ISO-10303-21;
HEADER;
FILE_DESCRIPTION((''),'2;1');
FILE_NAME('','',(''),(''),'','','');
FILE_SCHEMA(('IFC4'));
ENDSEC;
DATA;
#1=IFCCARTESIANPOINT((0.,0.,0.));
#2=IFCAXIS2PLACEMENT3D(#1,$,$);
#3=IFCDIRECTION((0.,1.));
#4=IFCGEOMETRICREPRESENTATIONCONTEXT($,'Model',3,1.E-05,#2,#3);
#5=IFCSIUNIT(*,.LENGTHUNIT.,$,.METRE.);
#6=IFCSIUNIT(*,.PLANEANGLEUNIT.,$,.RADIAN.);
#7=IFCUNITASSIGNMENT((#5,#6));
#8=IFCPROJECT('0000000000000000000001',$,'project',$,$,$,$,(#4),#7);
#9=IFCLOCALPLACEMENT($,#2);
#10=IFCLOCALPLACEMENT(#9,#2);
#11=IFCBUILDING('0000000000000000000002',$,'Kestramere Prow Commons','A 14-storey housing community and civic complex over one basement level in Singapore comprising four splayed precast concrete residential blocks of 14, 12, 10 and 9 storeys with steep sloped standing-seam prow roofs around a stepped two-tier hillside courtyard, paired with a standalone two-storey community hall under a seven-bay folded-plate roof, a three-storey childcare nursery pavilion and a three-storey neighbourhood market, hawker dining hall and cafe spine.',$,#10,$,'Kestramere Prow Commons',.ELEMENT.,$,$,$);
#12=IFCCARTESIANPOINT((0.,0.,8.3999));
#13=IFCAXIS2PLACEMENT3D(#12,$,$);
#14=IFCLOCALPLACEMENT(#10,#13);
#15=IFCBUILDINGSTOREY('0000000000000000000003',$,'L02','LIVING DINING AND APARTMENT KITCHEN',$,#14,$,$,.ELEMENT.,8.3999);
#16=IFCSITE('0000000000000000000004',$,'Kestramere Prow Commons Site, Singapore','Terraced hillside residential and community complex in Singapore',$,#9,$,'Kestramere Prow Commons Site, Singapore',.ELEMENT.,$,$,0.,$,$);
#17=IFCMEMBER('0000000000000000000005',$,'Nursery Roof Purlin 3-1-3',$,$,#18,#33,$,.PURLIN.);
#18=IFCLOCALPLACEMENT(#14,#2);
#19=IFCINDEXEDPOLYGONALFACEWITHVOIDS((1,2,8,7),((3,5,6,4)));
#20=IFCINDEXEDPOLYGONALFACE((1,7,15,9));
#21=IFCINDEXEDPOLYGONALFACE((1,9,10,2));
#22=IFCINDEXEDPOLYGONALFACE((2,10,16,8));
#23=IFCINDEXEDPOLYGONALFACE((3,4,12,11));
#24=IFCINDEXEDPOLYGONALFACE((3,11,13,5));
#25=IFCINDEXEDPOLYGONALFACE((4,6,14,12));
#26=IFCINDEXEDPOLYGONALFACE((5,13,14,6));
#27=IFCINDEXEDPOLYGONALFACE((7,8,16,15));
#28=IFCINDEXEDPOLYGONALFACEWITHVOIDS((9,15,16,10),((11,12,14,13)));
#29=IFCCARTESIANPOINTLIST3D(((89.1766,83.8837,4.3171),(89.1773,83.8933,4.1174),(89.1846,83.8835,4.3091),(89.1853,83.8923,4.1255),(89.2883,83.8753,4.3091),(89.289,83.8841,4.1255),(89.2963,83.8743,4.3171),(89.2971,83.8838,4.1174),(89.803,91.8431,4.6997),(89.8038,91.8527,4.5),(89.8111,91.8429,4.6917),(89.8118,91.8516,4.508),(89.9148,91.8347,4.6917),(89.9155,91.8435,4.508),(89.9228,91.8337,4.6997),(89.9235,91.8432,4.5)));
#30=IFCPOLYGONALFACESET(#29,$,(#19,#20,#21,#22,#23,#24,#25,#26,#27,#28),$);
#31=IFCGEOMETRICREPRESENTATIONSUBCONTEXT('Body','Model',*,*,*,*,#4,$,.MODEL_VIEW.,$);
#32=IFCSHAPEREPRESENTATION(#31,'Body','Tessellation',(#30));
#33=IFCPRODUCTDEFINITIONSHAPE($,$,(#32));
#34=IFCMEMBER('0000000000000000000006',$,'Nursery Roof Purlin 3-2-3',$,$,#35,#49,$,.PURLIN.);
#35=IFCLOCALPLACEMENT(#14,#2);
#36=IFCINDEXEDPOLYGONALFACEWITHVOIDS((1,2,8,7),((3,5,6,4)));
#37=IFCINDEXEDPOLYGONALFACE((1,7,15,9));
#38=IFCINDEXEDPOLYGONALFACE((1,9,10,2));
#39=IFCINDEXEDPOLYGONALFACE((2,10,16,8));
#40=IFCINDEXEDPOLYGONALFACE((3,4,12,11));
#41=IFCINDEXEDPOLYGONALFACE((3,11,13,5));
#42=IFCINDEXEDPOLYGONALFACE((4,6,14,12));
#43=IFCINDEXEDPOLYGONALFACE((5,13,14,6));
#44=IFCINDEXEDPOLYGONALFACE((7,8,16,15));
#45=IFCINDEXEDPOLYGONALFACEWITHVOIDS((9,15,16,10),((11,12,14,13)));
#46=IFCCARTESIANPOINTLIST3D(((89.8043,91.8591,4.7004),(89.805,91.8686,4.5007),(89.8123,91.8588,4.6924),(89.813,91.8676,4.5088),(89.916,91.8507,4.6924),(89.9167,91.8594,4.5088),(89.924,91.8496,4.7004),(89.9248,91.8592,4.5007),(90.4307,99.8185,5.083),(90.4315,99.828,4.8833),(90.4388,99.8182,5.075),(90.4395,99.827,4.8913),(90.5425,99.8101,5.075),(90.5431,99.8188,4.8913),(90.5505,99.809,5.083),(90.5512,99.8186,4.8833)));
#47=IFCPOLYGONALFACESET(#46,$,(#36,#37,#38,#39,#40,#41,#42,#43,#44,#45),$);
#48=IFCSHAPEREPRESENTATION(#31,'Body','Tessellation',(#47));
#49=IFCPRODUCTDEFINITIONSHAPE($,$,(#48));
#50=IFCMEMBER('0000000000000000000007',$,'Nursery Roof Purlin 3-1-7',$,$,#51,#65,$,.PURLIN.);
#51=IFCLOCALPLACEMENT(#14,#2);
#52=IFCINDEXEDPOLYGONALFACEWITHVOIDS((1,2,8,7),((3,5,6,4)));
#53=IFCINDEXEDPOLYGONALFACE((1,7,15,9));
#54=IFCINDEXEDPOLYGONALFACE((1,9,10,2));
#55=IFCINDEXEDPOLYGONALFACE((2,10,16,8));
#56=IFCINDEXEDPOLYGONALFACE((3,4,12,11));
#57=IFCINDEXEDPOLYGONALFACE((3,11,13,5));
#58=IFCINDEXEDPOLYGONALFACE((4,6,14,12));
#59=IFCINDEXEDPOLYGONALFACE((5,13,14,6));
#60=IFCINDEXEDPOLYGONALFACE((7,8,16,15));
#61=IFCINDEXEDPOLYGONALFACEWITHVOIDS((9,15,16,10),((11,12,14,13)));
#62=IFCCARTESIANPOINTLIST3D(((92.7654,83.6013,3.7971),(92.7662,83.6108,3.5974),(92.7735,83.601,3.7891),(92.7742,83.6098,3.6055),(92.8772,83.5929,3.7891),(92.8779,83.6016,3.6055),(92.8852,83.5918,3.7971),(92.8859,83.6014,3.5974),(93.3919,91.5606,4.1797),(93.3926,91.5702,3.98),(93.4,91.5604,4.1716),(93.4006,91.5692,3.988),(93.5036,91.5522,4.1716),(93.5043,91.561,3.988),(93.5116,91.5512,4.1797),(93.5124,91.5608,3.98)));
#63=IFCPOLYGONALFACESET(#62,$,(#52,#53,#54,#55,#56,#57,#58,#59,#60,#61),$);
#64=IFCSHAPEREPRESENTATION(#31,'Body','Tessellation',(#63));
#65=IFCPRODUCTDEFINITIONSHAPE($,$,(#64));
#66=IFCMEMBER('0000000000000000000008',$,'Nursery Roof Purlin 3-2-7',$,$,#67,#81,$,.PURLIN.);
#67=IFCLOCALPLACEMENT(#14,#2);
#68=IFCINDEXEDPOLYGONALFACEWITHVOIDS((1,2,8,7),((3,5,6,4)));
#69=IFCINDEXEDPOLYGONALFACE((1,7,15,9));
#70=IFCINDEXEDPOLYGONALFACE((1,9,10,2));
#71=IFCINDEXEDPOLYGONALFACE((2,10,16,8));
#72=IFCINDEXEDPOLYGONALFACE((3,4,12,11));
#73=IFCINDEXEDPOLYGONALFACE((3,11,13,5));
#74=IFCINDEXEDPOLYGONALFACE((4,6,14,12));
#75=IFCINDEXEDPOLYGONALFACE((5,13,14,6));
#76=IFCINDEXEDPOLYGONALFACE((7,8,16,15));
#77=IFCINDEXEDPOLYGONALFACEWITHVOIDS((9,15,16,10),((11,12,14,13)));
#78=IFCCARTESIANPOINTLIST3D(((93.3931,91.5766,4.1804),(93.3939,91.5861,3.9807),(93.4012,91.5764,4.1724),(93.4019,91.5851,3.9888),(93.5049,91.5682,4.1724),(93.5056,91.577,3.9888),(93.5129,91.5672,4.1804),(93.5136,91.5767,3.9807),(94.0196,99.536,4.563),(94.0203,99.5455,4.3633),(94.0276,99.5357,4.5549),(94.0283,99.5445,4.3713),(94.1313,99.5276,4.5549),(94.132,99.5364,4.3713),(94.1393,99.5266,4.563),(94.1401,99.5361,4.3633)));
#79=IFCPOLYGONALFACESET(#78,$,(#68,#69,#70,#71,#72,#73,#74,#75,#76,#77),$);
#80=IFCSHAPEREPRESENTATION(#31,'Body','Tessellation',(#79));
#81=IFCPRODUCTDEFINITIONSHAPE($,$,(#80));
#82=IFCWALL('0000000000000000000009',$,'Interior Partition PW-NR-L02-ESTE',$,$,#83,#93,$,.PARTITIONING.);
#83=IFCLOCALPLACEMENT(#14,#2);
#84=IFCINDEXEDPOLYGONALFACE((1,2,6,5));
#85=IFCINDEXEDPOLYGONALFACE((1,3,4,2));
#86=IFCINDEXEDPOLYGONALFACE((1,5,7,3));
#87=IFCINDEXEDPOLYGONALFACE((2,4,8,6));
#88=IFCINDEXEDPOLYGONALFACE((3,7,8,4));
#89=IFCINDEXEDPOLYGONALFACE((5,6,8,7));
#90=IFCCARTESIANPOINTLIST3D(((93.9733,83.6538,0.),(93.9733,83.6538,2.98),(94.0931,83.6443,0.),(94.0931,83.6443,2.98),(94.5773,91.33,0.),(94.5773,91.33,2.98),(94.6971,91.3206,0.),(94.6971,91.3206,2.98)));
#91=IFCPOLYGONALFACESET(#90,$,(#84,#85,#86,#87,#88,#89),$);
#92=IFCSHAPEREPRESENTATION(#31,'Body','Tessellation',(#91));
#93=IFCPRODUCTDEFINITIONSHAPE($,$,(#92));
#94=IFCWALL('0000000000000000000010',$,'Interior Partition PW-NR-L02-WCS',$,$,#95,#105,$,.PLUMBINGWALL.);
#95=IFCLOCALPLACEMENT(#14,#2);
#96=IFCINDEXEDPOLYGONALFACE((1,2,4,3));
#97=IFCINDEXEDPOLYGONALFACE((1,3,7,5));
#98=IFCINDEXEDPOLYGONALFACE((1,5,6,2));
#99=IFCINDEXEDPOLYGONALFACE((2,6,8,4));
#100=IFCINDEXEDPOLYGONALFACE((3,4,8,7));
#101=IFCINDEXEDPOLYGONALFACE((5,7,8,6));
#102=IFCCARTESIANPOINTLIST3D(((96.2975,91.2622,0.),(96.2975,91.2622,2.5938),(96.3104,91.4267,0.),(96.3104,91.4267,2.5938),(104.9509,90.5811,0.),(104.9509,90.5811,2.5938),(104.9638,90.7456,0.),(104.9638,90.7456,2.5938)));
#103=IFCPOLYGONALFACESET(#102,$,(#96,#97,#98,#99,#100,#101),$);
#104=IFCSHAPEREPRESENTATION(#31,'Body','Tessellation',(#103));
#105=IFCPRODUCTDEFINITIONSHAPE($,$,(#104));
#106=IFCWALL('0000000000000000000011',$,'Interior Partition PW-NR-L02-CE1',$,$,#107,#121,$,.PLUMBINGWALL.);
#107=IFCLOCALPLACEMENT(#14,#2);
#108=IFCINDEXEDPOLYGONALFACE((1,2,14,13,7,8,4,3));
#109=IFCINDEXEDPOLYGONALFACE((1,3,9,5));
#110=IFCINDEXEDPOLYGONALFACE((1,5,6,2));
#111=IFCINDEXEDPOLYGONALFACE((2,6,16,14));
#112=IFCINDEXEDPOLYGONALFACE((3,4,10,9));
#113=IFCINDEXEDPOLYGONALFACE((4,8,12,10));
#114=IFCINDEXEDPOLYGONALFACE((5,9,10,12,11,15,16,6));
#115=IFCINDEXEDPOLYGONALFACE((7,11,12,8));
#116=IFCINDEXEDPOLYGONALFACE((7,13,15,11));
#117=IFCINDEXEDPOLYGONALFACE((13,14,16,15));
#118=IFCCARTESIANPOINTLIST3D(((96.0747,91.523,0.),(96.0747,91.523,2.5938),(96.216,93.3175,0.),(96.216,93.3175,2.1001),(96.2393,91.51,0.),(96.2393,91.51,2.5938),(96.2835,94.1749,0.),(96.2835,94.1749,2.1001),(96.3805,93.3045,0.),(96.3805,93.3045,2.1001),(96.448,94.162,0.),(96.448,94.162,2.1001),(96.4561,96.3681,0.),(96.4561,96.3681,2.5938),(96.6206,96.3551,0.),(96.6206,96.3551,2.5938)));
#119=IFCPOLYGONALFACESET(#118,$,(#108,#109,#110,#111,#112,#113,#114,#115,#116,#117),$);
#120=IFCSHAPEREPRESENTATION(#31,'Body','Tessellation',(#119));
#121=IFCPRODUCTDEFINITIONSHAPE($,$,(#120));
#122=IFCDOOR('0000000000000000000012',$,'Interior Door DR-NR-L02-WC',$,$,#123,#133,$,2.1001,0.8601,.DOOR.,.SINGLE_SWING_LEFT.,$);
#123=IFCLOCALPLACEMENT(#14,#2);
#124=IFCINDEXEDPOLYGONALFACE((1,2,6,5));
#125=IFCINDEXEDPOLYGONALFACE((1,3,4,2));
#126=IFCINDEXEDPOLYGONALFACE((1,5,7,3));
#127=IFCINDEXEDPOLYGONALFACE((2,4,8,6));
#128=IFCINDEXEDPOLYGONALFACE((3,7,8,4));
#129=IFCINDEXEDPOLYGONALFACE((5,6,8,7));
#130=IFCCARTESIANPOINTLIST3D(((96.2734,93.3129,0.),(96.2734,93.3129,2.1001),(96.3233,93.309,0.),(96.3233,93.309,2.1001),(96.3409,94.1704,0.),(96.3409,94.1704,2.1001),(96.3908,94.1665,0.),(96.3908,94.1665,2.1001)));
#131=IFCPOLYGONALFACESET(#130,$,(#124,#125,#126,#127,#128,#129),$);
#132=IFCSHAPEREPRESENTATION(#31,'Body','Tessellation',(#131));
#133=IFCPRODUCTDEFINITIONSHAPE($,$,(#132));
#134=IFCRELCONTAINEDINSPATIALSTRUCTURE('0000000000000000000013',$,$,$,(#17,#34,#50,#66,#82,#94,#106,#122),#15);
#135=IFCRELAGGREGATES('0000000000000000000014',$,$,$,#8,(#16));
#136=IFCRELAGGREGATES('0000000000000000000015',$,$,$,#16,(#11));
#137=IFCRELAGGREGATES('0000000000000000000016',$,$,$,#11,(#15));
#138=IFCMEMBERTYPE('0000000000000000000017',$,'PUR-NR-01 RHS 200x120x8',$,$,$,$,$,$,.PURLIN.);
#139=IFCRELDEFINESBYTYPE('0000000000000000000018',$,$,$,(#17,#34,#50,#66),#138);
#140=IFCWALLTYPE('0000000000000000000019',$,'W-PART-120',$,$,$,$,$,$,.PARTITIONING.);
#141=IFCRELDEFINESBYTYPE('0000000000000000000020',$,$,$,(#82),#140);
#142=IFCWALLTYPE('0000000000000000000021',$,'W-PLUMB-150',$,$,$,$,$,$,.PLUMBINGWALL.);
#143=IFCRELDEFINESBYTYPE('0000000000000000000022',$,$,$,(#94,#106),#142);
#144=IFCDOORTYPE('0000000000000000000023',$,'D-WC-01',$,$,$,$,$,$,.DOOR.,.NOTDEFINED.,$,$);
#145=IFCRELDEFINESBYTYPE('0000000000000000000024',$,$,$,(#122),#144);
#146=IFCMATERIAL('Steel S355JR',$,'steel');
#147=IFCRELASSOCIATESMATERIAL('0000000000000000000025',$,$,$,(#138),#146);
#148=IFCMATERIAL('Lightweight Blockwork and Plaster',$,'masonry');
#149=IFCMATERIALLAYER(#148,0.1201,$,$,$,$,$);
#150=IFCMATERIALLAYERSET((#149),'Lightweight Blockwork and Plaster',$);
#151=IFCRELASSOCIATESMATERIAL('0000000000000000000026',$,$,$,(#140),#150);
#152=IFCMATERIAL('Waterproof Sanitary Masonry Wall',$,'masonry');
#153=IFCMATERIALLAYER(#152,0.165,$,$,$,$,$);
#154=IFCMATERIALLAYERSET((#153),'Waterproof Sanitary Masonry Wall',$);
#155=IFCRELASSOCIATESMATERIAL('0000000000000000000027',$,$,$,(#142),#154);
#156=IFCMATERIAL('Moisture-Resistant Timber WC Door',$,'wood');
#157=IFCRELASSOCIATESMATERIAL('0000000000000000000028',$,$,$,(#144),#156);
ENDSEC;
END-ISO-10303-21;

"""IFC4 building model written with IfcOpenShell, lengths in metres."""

from ifc_helpers import new_model, si_unit, direction, frame, frame_2d, origin, origin_2d, place, context, subcontext, project, spatial, rectangle, hollow_rectangle, extrude, material, layer, layer_set, material_profile, profile_set, type_object, element, fill, save


model = new_model("IFC4")

# Units and contexts
model_context = context("Model", 3, precision=1e-05, world=origin(), true_north=direction((0.0, 1.0)))
body_context = subcontext(model_context, "Body", "Model", "MODEL_VIEW")
ifc_project = project(units=[si_unit("LENGTHUNIT", "METRE"), si_unit("PLANEANGLEUNIT", "RADIAN")], contexts=[model_context])

# Site, building, storey
site_placement = place(None, origin())
site = spatial("IfcSite", under=ifc_project, at=site_placement, Name="Kestramere Prow Commons Site, Singapore", Description="Terraced hillside residential and community complex in Singapore", LongName="Kestramere Prow Commons Site, Singapore", CompositionType="ELEMENT", RefElevation=0.0)
building_placement = place(site_placement, origin())
building = spatial("IfcBuilding", under=site, at=building_placement, Name="Kestramere Prow Commons", Description="A 14-storey housing community and civic complex over one basement level in Singapore comprising four splayed precast concrete residential blocks of 14, 12, 10 and 9 storeys with steep sloped standing-seam prow roofs around a stepped two-tier hillside courtyard, paired with a standalone two-storey community hall under a seven-bay folded-plate roof, a three-storey childcare nursery pavilion and a three-storey neighbourhood market, hawker dining hall and cafe spine.", LongName="Kestramere Prow Commons", CompositionType="ELEMENT")
storey_placement = place(building_placement, frame((0.0, 0.0, 8.3999)))
storey = spatial("IfcBuildingStorey", under=building, at=storey_placement, Name="L02", Description="LIVING DINING AND APARTMENT KITCHEN", CompositionType="ELEMENT", Elevation=8.3999)

# Shared definitions
ifc_material_1 = material(Name="Steel S355JR", Category="steel")

# Members
ifc_material_profile_1 = material_profile(ifc_material_1, hollow_rectangle(XDim=0.1201, YDim=0.2, WallThickness=0.0081, at=origin_2d()), Name="RHS 200x120x8")
ifc_profile_set_1 = profile_set([ifc_material_profile_1], Name="Steel S355JR")
member_type = type_object("IfcMemberType", Name="PUR-NR-01 RHS 200x120x8", PredefinedType="PURLIN", material=ifc_profile_set_1)
for number, where, z_axis, x_axis, name in (
    (1, (89.2368, 83.8838, 4.2173), (0.078374, 0.995774, 0.047861), (-0.996917, 0.078464, 0.0), "Nursery Roof Purlin 3-1-3"),
    (2, (89.8645, 91.8591, 4.6006), (0.078374, 0.995774, 0.047861), (-0.996917, 0.078464, 0.0), "Nursery Roof Purlin 3-2-3"),
    (3, (92.8257, 83.6013, 3.6973), (0.078374, 0.995774, 0.047861), (-0.996917, 0.078464, 0.0), "Nursery Roof Purlin 3-1-7"),
    (4, (93.4534, 91.5767, 4.0806), (0.078374, 0.995774, 0.047861), (-0.996917, 0.078464, 0.0), "Nursery Roof Purlin 3-2-7"),
):
    element("IfcMember", number, at=place(storey_placement, frame(where, z_axis=z_axis, x_axis=x_axis)), inside=storey, type_object=member_type, Name=name, PredefinedType="PURLIN", context=body_context, shape_type="SweptSolid", body=[
        extrude(hollow_rectangle(XDim=0.1201, YDim=0.2, WallThickness=0.0081, at=origin_2d()), origin(), (0.0, 0.0, 1.0), 7.9932),
    ])

# Walls
ifc_material_2 = material(Name="Lightweight Blockwork and Plaster", Category="masonry")
ifc_layer_1 = layer(ifc_material_2, 0.1201)
ifc_layer_set_1 = layer_set([ifc_layer_1], Name="Lightweight Blockwork and Plaster")
wall_type_1 = type_object("IfcWallType", Name="W-PART-120", PredefinedType="PARTITIONING", material=ifc_layer_set_1)
wall_1_placement = place(storey_placement, frame((94.0332, 83.6489, 0.0), z_axis=(0.0, 0.0, 1.0), x_axis=(0.078442, 0.996919, 0.0)))
element("IfcWall", 5, at=wall_1_placement, inside=storey, type_object=wall_type_1, Name="Interior Partition PW-NR-L02-ESTE", PredefinedType="PARTITIONING", context=body_context, shape_type="SweptSolid", body=[
    extrude(rectangle(XDim=7.7, YDim=0.1201, at=frame_2d((3.8501, 0.0))), origin(), (0.0, 0.0, 1.0), 2.98),
])
ifc_material_3 = material(Name="Waterproof Sanitary Masonry Wall", Category="masonry")
ifc_layer_2 = layer(ifc_material_3, 0.165)
ifc_layer_set_2 = layer_set([ifc_layer_2], Name="Waterproof Sanitary Masonry Wall")
wall_type_2 = type_object("IfcWallType", Name="W-PLUMB-150", PredefinedType="PLUMBINGWALL", material=ifc_layer_set_2)
wall_2_placement = place(storey_placement, frame((96.304, 91.3445, 0.0), z_axis=(0.0, 0.0, 1.0), x_axis=(0.996916, -0.078473, 0.0)))
element("IfcWall", 6, at=wall_2_placement, inside=storey, type_object=wall_type_2, Name="Interior Partition PW-NR-L02-WCS", PredefinedType="PLUMBINGWALL", context=body_context, shape_type="SweptSolid", body=[
    extrude(rectangle(XDim=8.6802, YDim=0.165, at=frame_2d((4.3401, 0.0))), origin(), (0.0, 0.0, 1.0), 2.5938),
])

# Wall, opening, door
wall_3_placement = place(storey_placement, frame((96.157, 91.5164, 0.0), z_axis=(0.0, 0.0, 1.0), x_axis=(0.078463, 0.996917, 0.0)))
wall_3 = element("IfcWall", 7, at=wall_3_placement, inside=storey, type_object=wall_type_2, Name="Interior Partition PW-NR-L02-CE1", PredefinedType="PLUMBINGWALL", context=body_context, shape_type="SweptSolid", body=[
    extrude(rectangle(XDim=4.8601, YDim=0.165, at=frame_2d((2.4302, 0.0))), origin(), (0.0, 0.0, 1.0), 2.5938),
])
opening_1_placement = place(wall_3_placement, frame((1.8, 0.0, 0.0)))
opening_1 = element("IfcOpeningElement", 8, at=opening_1_placement, cuts=wall_3, PredefinedType="OPENING", context=body_context, shape_type="SweptSolid", body=[
    extrude(rectangle(XDim=0.8601, YDim=2.1001, at=frame_2d((0.4302, 1.05))), frame((0.0, 0.0974, 0.0), z_axis=(0.0, -1.0, 0.0), x_axis=(1.0, 0.0, 0.0)), (0.0, 0.0, 1.0), 0.1951),
])
ifc_material_4 = material(Name="Moisture-Resistant Timber WC Door", Category="wood")
door_type_1 = type_object("IfcDoorType", Name="D-WC-01", OperationType="NOTDEFINED", PredefinedType="DOOR", material=ifc_material_4)
door_1_placement = place(opening_1_placement, origin())
door_1 = element("IfcDoor", 9, at=door_1_placement, inside=storey, type_object=door_type_1, Name="Interior Door DR-NR-L02-WC", OperationType="SINGLE_SWING_LEFT", OverallHeight=2.1001, OverallWidth=0.8601, PredefinedType="DOOR", context=body_context, shape_type="SweptSolid", body=[
    extrude(rectangle(XDim=0.8601, YDim=2.1001, at=frame_2d((0.4302, 1.05))), frame((0.0, 0.0249, 0.0), z_axis=(0.0, -1.0, 0.0), x_axis=(1.0, 0.0, 0.0)), (0.0, 0.0, 1.0), 0.05),
])
fill(opening_1, door_1)

save(model, "model.ifc")
